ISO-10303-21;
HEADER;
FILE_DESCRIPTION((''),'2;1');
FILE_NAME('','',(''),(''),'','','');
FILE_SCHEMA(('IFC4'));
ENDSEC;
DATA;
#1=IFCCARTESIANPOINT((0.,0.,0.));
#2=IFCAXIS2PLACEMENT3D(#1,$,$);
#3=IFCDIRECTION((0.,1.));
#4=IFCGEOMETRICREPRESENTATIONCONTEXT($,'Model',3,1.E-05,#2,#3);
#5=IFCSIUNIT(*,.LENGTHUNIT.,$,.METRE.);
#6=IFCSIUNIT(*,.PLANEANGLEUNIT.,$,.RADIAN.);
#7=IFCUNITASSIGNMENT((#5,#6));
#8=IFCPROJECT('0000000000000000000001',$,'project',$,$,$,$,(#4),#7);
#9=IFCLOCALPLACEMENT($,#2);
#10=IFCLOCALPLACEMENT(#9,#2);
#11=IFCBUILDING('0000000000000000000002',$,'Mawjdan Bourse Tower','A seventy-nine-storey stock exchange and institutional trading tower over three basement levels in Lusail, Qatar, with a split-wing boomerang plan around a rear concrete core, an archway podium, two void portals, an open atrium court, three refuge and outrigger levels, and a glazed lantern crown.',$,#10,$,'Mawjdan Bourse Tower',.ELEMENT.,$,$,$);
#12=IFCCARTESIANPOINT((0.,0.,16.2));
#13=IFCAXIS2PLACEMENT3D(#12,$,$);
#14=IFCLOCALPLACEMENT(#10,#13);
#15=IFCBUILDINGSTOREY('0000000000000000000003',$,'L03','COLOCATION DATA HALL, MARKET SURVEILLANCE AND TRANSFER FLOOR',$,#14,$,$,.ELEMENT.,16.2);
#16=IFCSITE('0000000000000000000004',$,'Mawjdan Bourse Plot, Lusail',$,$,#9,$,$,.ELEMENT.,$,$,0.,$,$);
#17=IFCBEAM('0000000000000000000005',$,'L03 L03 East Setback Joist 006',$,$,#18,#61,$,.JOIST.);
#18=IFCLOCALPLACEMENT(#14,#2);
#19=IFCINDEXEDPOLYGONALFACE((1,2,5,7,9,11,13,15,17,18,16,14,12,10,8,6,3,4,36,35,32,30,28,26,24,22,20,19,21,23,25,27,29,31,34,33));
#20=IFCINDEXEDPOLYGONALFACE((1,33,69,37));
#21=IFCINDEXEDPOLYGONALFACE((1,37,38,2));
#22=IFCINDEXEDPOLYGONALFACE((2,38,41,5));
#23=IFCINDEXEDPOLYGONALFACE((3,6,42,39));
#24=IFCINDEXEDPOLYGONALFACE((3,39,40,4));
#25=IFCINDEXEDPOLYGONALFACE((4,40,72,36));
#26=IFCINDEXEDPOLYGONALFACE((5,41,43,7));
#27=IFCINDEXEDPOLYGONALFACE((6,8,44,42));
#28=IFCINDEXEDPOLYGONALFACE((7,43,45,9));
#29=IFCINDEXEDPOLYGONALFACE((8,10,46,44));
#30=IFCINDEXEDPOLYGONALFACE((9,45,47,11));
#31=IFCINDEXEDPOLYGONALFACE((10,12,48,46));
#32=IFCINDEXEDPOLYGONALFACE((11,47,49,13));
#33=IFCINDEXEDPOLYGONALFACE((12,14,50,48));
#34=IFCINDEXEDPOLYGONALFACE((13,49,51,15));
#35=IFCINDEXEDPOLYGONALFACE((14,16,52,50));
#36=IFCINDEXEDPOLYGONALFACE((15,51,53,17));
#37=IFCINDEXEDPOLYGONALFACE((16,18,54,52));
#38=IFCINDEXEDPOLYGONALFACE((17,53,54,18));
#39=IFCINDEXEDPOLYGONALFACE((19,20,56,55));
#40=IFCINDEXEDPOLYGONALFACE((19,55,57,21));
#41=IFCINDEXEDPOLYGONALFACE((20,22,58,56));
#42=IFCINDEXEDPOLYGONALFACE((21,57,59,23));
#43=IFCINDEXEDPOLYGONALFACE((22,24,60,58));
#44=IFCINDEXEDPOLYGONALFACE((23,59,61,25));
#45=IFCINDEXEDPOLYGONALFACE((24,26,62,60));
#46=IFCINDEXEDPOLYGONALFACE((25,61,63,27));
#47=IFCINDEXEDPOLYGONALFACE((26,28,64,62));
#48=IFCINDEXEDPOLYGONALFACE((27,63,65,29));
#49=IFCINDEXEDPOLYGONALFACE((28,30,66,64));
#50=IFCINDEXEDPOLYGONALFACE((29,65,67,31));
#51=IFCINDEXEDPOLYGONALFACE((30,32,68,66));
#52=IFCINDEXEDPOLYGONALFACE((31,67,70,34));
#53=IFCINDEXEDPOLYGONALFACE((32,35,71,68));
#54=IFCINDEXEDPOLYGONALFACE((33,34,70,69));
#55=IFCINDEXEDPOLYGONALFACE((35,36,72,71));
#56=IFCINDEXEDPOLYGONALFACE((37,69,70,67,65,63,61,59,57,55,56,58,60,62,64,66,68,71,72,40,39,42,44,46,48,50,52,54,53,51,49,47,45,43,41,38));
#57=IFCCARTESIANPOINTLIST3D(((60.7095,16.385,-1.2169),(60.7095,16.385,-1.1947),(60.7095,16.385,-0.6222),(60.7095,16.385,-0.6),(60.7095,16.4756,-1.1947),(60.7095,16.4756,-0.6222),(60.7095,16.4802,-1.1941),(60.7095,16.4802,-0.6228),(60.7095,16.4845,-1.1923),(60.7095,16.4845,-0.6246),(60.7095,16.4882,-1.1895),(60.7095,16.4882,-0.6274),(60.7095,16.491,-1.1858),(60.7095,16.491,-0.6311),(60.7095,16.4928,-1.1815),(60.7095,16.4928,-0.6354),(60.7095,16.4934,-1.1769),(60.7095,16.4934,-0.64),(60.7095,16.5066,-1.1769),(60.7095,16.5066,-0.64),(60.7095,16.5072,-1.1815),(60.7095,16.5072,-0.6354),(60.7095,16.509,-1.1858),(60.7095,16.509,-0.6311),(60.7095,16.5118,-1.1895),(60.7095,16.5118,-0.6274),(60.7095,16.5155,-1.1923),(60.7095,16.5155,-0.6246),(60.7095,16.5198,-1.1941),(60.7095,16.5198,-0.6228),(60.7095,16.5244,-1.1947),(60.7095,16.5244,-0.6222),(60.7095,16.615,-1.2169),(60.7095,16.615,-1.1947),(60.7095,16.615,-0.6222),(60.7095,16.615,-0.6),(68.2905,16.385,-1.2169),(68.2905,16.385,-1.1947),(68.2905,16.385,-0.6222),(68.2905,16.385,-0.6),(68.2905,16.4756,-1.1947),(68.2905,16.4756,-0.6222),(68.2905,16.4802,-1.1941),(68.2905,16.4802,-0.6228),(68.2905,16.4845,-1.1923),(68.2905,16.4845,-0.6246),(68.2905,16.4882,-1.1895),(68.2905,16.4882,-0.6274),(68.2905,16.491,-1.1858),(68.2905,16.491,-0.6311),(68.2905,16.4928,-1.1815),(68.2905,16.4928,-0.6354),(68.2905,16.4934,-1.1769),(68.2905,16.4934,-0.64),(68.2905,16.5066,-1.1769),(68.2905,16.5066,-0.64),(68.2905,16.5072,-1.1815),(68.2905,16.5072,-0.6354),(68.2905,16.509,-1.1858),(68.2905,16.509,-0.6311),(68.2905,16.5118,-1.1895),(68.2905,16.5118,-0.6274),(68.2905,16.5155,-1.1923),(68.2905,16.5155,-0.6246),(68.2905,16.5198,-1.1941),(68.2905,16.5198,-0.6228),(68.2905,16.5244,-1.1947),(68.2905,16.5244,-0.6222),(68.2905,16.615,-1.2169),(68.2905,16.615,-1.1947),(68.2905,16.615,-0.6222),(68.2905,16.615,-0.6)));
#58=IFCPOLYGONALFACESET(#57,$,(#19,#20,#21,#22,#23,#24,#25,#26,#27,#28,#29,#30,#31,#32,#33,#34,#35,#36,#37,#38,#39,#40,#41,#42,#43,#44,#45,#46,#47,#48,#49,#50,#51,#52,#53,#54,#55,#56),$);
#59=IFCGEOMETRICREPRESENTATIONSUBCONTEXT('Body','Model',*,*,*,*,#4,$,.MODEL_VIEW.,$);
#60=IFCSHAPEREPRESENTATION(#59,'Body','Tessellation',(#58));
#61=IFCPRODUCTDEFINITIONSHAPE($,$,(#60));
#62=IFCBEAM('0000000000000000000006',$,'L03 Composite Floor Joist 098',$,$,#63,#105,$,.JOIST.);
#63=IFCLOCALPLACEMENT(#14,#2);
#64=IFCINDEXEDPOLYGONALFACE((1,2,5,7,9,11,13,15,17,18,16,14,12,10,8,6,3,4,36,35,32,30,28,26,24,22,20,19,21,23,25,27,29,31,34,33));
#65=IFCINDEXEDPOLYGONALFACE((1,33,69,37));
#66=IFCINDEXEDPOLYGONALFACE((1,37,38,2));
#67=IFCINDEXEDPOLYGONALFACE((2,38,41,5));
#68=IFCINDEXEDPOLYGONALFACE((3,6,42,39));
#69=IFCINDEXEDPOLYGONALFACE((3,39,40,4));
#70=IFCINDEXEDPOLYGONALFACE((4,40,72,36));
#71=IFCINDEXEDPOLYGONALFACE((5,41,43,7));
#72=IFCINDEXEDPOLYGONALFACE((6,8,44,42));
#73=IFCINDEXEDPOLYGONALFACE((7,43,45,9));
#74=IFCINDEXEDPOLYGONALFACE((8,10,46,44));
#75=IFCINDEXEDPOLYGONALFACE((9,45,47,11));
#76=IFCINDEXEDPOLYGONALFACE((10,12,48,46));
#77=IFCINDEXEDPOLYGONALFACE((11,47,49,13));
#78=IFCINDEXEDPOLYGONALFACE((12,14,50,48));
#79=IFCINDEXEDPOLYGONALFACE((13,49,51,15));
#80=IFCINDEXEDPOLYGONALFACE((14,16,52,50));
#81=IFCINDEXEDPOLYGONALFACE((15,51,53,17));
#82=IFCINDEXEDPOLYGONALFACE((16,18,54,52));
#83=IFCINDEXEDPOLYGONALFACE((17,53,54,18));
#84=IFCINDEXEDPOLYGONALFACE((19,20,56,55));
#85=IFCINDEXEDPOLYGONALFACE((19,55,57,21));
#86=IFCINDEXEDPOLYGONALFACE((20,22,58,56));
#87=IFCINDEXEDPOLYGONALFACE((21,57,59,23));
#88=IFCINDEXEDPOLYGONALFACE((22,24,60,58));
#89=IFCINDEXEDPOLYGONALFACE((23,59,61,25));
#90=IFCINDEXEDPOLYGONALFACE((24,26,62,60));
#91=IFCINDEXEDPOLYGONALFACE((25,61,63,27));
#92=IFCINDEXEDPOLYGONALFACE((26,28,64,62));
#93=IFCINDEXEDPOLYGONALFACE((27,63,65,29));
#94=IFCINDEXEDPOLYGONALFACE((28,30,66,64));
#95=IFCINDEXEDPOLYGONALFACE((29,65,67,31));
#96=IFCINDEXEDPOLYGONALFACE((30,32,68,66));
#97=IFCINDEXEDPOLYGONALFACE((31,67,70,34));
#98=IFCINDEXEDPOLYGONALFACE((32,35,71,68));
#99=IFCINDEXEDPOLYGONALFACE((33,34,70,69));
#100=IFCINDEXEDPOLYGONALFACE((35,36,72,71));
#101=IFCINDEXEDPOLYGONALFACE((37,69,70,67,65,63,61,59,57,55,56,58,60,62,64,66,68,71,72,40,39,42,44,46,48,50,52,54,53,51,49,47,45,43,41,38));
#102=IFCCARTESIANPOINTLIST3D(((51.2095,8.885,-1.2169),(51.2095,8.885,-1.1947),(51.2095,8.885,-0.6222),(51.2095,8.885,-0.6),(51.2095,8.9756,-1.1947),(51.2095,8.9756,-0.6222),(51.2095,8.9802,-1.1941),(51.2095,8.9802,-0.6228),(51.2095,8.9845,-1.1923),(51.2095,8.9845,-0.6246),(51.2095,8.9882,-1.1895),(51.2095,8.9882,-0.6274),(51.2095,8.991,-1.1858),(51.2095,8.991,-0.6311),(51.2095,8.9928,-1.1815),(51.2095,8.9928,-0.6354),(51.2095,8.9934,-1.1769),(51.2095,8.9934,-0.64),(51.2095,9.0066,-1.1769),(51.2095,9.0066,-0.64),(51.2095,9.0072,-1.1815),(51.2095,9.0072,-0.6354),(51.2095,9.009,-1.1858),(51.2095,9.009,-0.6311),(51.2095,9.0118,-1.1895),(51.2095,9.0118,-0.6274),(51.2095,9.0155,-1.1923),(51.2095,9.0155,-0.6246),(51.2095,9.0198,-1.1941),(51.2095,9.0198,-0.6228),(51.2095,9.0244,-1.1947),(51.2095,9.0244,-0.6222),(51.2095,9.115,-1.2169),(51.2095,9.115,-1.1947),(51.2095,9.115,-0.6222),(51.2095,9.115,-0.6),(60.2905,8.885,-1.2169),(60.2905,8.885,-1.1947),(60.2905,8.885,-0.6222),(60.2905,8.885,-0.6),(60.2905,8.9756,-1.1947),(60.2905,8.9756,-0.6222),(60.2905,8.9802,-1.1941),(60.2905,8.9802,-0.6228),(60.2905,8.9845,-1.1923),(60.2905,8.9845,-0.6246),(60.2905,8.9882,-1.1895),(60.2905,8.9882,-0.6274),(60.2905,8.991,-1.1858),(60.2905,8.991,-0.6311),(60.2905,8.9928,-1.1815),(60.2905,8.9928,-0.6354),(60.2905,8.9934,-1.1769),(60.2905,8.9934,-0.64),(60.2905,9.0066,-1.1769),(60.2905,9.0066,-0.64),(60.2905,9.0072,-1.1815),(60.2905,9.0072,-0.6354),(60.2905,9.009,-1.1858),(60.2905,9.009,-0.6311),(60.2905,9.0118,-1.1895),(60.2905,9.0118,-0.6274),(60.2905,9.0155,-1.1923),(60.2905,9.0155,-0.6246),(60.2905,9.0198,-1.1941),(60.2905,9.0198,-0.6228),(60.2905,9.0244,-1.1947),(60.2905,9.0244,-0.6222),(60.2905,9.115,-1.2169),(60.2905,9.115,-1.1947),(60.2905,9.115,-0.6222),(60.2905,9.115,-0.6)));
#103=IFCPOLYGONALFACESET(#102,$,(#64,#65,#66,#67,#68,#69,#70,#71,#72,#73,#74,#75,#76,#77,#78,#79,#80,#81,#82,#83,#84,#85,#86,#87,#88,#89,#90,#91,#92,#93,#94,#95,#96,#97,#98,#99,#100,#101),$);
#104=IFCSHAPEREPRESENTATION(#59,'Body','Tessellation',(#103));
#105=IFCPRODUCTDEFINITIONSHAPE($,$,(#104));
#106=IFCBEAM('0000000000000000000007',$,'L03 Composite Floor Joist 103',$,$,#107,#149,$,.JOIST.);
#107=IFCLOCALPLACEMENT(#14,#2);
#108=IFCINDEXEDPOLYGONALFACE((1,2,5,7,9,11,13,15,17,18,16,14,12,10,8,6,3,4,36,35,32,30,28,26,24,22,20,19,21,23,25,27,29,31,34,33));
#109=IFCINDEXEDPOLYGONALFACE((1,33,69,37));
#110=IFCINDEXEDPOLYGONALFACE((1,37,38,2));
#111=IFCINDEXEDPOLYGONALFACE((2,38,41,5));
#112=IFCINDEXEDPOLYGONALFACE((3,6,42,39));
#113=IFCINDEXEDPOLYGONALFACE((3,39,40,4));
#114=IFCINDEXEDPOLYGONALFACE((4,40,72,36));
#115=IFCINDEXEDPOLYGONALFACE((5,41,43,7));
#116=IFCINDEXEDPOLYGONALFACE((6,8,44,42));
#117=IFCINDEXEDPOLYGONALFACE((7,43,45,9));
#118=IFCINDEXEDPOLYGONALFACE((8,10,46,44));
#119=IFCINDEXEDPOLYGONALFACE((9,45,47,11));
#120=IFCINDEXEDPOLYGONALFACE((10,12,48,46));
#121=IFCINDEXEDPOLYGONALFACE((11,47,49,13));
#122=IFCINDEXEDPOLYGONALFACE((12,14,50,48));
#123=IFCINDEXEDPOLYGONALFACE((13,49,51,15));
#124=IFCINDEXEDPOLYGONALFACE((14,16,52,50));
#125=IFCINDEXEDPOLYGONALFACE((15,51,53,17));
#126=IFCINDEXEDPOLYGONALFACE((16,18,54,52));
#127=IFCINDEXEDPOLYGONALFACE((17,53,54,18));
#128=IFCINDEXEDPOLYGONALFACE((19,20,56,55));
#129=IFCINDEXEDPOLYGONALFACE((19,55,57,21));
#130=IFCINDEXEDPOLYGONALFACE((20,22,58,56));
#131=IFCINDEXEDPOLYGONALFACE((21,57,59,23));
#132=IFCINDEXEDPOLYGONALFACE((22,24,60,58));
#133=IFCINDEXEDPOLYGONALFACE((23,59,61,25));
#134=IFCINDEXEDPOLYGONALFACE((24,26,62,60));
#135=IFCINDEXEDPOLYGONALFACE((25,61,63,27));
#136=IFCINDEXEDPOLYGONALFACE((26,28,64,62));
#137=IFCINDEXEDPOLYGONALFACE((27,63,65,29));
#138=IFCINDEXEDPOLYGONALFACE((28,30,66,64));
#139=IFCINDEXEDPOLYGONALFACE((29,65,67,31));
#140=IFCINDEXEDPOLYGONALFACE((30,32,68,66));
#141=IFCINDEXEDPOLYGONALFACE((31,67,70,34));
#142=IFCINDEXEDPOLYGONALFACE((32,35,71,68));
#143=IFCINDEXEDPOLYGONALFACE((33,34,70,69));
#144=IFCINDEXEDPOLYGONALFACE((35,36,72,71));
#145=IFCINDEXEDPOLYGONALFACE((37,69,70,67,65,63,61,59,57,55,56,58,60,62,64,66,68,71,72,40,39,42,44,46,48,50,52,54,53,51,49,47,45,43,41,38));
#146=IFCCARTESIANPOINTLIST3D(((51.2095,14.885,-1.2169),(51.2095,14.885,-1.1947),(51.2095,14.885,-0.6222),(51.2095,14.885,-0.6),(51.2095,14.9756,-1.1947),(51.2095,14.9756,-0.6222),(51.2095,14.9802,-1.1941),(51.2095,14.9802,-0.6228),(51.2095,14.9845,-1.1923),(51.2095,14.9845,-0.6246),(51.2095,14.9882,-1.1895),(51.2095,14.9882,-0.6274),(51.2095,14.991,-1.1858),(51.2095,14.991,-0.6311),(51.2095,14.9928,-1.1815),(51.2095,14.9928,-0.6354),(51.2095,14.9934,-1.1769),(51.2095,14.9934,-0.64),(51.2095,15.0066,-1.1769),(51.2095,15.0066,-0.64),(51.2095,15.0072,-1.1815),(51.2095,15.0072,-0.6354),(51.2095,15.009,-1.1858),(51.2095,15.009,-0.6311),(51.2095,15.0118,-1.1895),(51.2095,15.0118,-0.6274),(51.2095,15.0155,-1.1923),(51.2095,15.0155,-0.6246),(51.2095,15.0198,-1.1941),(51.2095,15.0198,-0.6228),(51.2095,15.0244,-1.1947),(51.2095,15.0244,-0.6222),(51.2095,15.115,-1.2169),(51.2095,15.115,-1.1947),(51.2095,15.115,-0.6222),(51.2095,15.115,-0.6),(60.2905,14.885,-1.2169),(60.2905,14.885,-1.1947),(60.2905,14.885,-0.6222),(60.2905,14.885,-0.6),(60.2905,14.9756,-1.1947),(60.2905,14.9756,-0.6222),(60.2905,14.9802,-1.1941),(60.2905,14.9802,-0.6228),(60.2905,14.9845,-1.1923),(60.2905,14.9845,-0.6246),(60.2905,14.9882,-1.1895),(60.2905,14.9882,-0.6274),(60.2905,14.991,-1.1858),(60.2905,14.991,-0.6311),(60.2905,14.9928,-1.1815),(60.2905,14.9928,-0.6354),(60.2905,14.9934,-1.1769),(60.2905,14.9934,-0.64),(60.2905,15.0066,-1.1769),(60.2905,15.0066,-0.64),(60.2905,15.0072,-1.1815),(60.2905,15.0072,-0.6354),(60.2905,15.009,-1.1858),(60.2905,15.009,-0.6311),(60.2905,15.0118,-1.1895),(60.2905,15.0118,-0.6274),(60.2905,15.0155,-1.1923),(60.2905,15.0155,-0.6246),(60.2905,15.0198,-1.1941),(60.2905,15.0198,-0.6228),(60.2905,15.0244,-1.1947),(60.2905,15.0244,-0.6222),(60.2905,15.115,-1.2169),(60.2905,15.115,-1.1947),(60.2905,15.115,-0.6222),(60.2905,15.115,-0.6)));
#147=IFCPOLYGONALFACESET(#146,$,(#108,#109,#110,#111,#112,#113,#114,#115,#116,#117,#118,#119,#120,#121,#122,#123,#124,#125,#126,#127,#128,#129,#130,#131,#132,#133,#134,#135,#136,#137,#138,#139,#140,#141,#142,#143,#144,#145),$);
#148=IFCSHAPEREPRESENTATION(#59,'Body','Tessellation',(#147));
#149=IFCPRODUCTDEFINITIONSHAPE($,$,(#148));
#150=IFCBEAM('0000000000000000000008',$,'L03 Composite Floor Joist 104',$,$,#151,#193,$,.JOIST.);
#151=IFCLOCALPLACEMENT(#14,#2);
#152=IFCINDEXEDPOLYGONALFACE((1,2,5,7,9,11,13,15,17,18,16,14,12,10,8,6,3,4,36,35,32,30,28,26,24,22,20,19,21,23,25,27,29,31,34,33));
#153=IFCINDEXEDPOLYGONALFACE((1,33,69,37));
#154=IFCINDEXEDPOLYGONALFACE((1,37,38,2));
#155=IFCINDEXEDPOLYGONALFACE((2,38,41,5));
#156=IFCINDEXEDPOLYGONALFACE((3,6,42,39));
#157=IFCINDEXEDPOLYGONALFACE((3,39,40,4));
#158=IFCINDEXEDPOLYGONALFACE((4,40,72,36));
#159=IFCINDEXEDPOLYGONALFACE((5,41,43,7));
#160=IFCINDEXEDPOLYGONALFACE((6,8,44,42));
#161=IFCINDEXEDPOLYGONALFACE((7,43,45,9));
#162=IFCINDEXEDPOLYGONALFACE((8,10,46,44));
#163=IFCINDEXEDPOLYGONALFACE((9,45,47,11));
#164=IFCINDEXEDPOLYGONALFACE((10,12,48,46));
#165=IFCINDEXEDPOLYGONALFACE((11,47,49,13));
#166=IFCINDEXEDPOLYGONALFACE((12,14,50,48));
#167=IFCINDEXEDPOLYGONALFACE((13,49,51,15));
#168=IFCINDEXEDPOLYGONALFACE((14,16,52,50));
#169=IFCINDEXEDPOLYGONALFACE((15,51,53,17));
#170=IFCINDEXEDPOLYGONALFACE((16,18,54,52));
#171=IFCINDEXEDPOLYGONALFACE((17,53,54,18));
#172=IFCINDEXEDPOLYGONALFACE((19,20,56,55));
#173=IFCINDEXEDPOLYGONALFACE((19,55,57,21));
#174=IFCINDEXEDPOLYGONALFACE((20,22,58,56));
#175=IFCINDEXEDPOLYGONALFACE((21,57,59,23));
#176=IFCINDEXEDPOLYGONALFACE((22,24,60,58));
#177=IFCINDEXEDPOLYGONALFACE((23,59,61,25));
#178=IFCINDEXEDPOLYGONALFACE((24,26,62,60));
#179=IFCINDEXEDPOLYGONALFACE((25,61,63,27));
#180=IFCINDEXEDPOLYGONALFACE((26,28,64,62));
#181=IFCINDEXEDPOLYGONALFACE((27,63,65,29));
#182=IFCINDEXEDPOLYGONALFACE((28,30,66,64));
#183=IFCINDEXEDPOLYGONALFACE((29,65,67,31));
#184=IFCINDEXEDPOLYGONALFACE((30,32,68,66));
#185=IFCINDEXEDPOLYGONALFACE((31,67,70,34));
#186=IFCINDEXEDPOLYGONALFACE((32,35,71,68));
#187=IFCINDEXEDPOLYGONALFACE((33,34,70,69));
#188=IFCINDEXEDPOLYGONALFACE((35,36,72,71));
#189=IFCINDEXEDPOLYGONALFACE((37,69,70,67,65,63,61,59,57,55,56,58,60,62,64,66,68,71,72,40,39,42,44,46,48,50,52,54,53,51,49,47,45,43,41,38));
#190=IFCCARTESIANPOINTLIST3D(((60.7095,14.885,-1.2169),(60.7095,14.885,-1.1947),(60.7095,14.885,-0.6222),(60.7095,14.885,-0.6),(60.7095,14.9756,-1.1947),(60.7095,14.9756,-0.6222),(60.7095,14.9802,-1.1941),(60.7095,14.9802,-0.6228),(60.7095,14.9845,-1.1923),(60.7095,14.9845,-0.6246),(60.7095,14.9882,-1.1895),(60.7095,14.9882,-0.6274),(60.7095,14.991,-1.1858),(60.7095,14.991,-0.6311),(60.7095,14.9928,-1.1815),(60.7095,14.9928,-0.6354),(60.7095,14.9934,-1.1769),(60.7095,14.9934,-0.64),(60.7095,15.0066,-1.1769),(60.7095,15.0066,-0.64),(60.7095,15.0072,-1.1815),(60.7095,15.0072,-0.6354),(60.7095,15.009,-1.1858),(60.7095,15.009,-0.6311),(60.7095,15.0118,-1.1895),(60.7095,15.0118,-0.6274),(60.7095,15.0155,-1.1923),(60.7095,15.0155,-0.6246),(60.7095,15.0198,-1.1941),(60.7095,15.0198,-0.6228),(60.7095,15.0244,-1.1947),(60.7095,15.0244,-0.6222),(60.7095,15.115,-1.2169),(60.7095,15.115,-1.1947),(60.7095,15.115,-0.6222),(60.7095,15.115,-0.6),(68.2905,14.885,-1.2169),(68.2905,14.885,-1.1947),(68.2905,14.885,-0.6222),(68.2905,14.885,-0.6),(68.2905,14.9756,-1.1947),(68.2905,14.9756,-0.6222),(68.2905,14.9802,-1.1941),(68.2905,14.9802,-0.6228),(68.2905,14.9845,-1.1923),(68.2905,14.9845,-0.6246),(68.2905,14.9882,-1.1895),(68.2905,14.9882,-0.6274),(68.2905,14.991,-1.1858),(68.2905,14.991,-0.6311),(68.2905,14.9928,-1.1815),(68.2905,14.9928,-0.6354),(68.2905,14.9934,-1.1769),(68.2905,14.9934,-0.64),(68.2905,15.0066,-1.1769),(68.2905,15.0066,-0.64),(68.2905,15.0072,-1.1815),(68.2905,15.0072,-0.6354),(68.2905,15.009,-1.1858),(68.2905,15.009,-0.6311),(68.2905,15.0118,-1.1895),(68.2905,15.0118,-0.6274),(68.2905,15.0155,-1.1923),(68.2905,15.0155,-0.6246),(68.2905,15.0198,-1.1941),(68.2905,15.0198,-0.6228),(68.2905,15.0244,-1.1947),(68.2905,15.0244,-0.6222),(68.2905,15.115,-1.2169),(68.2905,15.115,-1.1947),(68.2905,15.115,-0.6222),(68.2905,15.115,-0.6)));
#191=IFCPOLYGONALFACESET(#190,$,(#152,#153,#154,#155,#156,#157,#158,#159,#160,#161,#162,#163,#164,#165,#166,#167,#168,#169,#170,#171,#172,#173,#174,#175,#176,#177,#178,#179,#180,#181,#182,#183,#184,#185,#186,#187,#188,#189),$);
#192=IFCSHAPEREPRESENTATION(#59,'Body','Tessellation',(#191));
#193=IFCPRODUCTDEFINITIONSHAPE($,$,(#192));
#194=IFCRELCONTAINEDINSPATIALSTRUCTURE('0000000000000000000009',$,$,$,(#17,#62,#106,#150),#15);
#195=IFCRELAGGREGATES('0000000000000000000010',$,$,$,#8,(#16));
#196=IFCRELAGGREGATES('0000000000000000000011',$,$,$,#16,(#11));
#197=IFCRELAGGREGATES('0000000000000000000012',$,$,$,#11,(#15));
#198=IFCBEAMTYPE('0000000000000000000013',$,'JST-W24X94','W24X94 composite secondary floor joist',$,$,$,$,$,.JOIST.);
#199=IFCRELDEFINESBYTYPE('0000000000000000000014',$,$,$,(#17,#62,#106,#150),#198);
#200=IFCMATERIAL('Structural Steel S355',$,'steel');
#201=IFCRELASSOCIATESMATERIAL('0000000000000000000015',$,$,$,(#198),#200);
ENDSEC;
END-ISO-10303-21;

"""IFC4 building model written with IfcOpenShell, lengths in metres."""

from ifc_helpers import new_model, si_unit, direction, frame, origin, origin_2d, place, context, subcontext, project, spatial, i_section, extrude, material, material_profile, profile_set, type_object, element, save


model = new_model("IFC4")

# Units and contexts
model_context = context("Model", 3, precision=1e-05, world=origin(), true_north=direction((0.0, 1.0)))
body_context = subcontext(model_context, "Body", "Model", "MODEL_VIEW")
ifc_project = project(units=[si_unit("LENGTHUNIT", "METRE"), si_unit("PLANEANGLEUNIT", "RADIAN")], contexts=[model_context])

# Site, building, storey
site_placement = place(None, origin())
site = spatial("IfcSite", under=ifc_project, at=site_placement, Name="Mawjdan Bourse Plot, Lusail", CompositionType="ELEMENT", RefElevation=0.0)
building_placement = place(site_placement, origin())
building = spatial("IfcBuilding", under=site, at=building_placement, Name="Mawjdan Bourse Tower", Description="A seventy-nine-storey stock exchange and institutional trading tower over three basement levels in Lusail, Qatar, with a split-wing boomerang plan around a rear concrete core, an archway podium, two void portals, an open atrium court, three refuge and outrigger levels, and a glazed lantern crown.", LongName="Mawjdan Bourse Tower", CompositionType="ELEMENT")
storey_placement = place(building_placement, frame((0.0, 0.0, 16.2)))
storey = spatial("IfcBuildingStorey", under=building, at=storey_placement, Name="L03", Description="COLOCATION DATA HALL, MARKET SURVEILLANCE AND TRANSFER FLOOR", CompositionType="ELEMENT", Elevation=16.2)

# Beams
ifc_material_1 = material(Name="Structural Steel S355", Category="steel")
ifc_material_profile_1 = material_profile(ifc_material_1, i_section(OverallWidth=0.23, OverallDepth=0.6169, WebThickness=0.0132, FlangeThickness=0.0222, FilletRadius=0.0178, at=origin_2d()), Name="W24X94")
ifc_profile_set_1 = profile_set([ifc_material_profile_1], Name="Structural Steel S355")
beam_type_1 = type_object("IfcBeamType", Name="JST-W24X94", Description="W24X94 composite secondary floor joist", PredefinedType="JOIST", material=ifc_profile_set_1)
beam_1_placement = place(storey_placement, frame((60.7095, 16.5, -0.9084), z_axis=(1.0, 0.0, 0.0), x_axis=(0.0, 1.0, 0.0)))
element("IfcBeam", 1, at=beam_1_placement, inside=storey, type_object=beam_type_1, Name="L03 L03 East Setback Joist 006", PredefinedType="JOIST", context=body_context, shape_type="SweptSolid", body=[
    extrude(i_section(OverallWidth=0.23, OverallDepth=0.6169, WebThickness=0.0132, FlangeThickness=0.0222, FilletRadius=0.0178, at=origin_2d()), origin(), (0.0, 0.0, 1.0), 7.5811),
])
for number, where, z_axis, x_axis, name in (
    (2, (51.2095, 9.0, -0.9084), (1.0, 0.0, 0.0), (0.0, 1.0, 0.0), "L03 Composite Floor Joist 098"),
    (3, (51.2095, 15.0, -0.9084), (1.0, 0.0, 0.0), (0.0, 1.0, 0.0), "L03 Composite Floor Joist 103"),
):
    element("IfcBeam", number, at=place(storey_placement, frame(where, z_axis=z_axis, x_axis=x_axis)), inside=storey, type_object=beam_type_1, Name=name, PredefinedType="JOIST", context=body_context, shape_type="SweptSolid", body=[
        extrude(i_section(OverallWidth=0.23, OverallDepth=0.6169, WebThickness=0.0132, FlangeThickness=0.0222, FilletRadius=0.0178, at=origin_2d()), origin(), (0.0, 0.0, 1.0), 9.0811),
    ])
beam_2_placement = place(storey_placement, frame((60.7095, 15.0, -0.9084), z_axis=(1.0, 0.0, 0.0), x_axis=(0.0, 1.0, 0.0)))
element("IfcBeam", 4, at=beam_2_placement, inside=storey, type_object=beam_type_1, Name="L03 Composite Floor Joist 104", PredefinedType="JOIST", context=body_context, shape_type="SweptSolid", body=[
    extrude(i_section(OverallWidth=0.23, OverallDepth=0.6169, WebThickness=0.0132, FlangeThickness=0.0222, FilletRadius=0.0178, at=origin_2d()), origin(), (0.0, 0.0, 1.0), 7.5811),
])

save(model, "model.ifc")
